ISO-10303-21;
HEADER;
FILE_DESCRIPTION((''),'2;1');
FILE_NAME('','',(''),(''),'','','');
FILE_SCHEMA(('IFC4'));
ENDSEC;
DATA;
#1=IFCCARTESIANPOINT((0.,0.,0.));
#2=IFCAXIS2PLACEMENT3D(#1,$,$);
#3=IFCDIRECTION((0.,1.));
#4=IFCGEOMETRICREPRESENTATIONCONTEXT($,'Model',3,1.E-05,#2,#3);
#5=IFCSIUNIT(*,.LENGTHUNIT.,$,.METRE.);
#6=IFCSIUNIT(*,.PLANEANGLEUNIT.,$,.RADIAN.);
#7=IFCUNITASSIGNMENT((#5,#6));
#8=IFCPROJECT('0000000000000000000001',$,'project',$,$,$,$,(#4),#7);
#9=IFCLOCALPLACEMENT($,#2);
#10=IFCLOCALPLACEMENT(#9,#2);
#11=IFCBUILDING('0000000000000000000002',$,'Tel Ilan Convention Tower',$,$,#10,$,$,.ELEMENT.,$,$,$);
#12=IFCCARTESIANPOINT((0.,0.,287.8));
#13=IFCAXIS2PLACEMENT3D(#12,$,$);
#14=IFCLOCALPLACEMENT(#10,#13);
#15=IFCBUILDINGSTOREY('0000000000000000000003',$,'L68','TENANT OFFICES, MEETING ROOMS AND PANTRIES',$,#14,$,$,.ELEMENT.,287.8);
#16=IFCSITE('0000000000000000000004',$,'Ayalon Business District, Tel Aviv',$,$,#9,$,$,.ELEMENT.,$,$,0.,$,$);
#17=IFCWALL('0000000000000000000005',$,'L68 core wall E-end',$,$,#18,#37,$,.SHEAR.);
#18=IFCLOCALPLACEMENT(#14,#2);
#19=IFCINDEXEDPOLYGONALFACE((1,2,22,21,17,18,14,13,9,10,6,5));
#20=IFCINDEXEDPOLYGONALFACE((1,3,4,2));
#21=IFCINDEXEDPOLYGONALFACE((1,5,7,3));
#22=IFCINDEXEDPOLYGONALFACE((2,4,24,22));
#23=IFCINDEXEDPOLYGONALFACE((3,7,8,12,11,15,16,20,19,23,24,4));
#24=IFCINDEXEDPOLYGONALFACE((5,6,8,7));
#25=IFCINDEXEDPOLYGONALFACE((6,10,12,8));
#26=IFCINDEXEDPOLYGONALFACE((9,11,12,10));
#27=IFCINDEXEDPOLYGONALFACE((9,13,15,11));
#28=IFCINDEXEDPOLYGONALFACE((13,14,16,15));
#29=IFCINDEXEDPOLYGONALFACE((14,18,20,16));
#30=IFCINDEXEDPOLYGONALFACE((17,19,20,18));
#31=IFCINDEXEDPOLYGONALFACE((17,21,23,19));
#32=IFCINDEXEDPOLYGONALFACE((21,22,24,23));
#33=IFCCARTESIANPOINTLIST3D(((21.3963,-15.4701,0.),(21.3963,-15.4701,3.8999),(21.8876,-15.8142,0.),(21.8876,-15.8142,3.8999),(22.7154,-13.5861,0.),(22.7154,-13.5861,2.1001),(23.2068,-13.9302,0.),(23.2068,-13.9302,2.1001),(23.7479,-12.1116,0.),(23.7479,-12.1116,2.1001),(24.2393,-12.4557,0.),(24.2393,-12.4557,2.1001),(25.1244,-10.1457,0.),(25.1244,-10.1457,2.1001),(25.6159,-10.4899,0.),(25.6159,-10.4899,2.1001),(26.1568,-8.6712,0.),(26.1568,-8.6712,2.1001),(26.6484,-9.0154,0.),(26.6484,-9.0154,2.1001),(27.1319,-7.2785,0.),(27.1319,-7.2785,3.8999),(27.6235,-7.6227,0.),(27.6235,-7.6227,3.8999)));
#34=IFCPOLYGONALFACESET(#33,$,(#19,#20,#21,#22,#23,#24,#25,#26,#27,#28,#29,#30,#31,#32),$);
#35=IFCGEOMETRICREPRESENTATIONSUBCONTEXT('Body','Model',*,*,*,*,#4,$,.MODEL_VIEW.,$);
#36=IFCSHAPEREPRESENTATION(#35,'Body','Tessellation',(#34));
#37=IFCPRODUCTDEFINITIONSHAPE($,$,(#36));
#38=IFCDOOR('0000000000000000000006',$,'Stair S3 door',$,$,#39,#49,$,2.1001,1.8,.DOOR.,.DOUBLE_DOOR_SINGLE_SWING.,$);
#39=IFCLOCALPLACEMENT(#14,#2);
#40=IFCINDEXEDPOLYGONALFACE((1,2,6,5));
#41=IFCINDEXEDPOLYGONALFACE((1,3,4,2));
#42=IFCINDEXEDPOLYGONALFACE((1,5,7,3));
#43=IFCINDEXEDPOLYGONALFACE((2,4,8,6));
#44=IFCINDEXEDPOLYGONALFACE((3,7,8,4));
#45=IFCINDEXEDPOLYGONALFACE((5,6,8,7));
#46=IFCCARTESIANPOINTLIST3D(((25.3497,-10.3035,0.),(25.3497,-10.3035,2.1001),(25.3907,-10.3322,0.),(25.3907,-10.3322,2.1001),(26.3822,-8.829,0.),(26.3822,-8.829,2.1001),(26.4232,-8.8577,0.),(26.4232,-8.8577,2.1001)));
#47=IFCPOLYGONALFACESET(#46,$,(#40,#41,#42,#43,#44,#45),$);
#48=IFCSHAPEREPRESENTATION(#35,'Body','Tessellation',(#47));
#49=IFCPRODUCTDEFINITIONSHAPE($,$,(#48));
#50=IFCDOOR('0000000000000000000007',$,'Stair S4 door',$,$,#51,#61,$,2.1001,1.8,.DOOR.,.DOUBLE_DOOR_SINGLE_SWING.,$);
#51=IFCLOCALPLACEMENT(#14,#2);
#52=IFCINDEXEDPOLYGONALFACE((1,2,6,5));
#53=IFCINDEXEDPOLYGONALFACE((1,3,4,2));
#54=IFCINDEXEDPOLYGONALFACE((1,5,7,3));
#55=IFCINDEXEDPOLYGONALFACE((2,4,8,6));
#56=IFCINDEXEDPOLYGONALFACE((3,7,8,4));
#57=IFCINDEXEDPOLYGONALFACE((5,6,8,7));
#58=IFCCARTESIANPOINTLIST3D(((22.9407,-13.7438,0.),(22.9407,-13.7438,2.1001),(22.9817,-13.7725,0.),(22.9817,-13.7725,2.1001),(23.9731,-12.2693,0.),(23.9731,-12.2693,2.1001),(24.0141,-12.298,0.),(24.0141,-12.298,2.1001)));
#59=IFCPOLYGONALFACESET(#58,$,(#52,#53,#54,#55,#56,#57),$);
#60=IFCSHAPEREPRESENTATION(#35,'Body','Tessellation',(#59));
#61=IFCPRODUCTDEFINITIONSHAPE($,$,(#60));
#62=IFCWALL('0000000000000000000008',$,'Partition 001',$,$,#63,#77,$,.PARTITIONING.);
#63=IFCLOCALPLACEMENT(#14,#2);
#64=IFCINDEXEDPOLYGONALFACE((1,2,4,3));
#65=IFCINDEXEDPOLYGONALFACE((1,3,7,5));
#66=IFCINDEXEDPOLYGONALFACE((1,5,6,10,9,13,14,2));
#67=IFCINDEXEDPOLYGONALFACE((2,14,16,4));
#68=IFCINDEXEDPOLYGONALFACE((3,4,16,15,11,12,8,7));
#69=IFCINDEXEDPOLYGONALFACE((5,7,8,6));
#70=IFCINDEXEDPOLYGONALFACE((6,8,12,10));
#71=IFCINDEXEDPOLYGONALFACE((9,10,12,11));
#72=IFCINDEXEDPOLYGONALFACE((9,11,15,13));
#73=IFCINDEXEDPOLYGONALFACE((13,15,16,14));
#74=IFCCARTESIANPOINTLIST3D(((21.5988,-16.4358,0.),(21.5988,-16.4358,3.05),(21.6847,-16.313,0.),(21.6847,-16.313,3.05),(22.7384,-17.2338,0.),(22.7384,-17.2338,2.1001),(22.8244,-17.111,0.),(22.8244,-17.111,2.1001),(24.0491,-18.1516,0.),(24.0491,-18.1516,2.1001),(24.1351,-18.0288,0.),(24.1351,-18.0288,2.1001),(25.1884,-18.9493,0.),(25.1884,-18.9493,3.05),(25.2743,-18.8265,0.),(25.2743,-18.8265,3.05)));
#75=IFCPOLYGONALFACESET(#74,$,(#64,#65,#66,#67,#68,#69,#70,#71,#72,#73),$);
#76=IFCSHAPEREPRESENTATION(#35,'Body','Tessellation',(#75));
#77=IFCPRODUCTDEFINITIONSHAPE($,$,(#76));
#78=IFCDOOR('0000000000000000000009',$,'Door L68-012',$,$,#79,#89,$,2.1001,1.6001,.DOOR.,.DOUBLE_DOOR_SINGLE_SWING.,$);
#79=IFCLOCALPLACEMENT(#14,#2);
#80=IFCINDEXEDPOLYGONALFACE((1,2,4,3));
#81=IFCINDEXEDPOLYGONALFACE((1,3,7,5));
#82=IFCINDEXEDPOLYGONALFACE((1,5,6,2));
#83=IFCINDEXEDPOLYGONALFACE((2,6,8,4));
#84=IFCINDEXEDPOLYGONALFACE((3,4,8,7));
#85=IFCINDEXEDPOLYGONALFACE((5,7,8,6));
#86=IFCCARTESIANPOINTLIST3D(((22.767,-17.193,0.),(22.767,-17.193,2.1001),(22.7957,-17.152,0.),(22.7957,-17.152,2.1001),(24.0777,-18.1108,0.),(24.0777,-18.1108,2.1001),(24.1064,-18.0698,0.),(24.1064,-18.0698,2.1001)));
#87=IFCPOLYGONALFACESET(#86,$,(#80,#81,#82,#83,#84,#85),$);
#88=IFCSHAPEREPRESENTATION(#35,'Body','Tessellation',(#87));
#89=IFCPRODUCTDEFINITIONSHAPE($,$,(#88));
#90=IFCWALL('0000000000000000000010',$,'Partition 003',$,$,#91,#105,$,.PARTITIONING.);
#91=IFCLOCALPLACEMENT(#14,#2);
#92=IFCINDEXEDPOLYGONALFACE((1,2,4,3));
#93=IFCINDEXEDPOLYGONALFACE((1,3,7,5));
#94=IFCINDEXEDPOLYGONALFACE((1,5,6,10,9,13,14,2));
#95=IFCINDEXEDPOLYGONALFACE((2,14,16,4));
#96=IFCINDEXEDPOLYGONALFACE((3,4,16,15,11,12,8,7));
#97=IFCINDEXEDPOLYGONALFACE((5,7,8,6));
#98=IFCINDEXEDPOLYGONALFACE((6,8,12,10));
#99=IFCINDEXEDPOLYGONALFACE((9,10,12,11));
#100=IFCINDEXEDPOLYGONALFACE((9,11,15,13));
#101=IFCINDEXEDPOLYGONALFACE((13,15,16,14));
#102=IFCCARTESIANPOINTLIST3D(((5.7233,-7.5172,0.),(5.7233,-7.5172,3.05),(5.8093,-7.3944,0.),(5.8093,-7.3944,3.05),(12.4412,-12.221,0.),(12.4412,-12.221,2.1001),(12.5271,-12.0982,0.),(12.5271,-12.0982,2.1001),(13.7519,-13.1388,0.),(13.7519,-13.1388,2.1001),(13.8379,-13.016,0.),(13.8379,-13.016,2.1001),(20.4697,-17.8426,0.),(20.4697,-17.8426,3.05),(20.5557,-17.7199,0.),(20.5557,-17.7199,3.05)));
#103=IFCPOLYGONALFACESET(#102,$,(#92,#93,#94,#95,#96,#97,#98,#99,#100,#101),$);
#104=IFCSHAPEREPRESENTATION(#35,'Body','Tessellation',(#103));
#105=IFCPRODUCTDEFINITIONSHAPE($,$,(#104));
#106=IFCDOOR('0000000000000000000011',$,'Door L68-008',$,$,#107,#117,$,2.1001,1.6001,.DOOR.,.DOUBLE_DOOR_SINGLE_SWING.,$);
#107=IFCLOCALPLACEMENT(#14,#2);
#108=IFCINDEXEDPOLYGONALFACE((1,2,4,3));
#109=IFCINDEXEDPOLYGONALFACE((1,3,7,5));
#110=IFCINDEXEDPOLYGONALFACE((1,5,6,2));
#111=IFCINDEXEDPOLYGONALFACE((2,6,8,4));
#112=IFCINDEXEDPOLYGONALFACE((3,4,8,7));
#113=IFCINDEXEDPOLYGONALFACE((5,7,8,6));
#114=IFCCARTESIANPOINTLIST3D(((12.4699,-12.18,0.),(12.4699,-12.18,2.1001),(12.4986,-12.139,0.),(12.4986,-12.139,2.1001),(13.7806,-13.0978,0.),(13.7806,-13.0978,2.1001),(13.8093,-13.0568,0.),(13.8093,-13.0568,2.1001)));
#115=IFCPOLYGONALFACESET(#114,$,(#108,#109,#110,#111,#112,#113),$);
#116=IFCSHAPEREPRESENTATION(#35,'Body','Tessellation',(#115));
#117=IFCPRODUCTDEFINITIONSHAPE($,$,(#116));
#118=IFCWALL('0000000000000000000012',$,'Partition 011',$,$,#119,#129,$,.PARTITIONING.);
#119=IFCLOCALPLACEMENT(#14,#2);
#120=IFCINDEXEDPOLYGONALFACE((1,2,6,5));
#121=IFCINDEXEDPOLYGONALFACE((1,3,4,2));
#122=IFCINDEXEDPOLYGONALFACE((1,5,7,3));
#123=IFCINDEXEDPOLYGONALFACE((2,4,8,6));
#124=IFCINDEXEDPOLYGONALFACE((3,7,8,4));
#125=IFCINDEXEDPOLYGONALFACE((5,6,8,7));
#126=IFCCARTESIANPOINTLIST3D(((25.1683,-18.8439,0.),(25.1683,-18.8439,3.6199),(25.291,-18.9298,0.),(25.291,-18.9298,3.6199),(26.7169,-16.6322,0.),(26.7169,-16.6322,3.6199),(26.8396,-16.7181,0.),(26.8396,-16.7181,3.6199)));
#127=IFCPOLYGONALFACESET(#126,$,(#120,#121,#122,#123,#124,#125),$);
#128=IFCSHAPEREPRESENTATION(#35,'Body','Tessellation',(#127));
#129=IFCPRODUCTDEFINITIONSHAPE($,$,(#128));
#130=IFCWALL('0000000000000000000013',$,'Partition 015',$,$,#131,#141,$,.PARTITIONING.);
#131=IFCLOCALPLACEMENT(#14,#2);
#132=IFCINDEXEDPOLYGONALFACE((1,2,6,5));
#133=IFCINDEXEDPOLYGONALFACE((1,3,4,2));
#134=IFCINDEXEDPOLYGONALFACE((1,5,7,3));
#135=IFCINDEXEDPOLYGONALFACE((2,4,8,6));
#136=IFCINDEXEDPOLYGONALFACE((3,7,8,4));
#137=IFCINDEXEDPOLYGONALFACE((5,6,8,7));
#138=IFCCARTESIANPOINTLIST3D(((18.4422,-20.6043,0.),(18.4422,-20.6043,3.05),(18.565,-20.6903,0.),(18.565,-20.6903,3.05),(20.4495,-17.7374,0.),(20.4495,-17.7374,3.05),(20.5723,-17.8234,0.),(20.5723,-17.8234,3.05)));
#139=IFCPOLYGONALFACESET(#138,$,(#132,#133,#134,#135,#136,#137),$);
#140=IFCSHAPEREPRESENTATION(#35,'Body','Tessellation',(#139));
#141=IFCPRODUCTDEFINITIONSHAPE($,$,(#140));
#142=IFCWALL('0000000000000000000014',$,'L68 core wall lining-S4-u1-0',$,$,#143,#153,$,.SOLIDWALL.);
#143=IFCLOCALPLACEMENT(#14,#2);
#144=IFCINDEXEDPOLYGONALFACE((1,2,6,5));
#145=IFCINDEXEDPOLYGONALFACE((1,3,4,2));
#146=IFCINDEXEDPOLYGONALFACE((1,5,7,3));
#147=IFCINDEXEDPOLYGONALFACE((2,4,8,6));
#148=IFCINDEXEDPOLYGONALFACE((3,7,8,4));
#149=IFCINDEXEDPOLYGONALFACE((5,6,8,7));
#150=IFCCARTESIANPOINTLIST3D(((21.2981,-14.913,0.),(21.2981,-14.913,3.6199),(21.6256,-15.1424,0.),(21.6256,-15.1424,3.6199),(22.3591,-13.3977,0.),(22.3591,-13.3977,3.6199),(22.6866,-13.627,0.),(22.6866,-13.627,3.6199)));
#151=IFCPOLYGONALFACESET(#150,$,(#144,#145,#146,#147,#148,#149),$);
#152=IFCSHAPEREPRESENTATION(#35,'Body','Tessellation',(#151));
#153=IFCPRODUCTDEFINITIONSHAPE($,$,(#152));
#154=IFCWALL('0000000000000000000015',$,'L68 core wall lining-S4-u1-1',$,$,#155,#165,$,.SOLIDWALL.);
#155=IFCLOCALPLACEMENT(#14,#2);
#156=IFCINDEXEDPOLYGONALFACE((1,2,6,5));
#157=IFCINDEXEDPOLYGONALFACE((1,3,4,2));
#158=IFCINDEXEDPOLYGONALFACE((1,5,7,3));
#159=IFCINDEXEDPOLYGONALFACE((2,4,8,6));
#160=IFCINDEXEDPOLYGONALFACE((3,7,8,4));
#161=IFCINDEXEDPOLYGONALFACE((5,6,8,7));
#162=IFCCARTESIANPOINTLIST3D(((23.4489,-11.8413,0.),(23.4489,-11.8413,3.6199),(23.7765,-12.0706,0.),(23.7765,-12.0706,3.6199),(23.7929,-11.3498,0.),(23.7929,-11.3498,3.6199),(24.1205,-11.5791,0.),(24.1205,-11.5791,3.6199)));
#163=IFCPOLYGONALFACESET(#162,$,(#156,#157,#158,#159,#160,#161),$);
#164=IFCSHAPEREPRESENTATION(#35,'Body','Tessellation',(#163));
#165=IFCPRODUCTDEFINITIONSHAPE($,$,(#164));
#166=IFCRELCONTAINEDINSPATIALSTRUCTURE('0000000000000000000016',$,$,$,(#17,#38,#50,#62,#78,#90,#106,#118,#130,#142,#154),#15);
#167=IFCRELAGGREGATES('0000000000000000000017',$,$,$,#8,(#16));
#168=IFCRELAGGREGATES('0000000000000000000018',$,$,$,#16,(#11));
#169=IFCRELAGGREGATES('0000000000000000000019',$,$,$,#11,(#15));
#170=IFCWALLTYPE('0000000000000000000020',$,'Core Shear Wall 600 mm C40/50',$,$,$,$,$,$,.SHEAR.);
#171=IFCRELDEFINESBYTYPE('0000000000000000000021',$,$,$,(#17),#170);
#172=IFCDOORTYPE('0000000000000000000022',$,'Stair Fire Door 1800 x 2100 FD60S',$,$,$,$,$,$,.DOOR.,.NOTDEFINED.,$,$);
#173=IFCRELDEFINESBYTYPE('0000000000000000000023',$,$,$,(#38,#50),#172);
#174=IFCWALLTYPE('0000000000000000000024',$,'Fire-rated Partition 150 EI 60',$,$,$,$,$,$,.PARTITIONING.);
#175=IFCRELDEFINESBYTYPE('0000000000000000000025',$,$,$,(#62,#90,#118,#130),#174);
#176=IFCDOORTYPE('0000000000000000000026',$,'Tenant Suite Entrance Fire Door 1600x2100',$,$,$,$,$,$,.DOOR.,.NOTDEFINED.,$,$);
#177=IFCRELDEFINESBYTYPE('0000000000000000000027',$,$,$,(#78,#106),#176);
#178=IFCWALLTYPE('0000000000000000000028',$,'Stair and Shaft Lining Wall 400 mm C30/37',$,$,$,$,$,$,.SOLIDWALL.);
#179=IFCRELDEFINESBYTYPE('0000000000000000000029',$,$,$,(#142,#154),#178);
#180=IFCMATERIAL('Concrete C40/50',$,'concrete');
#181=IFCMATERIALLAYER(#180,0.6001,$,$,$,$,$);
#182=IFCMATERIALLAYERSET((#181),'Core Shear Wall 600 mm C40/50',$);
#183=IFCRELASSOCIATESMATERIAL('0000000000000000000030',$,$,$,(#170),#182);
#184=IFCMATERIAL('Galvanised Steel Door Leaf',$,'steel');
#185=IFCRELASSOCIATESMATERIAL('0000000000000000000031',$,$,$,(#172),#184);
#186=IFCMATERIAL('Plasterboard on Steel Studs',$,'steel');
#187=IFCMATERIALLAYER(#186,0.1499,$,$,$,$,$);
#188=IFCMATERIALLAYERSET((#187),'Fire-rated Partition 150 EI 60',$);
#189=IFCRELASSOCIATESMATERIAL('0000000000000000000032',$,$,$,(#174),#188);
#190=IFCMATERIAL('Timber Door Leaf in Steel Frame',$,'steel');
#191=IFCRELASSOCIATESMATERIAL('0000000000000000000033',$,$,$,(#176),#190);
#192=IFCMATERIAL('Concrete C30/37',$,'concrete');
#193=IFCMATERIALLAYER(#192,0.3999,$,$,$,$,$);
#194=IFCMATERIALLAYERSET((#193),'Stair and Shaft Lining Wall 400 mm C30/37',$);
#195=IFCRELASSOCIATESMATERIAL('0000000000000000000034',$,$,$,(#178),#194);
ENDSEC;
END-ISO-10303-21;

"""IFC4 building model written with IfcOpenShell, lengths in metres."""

from ifc_helpers import new_model, si_unit, direction, frame, frame_2d, origin, place, context, subcontext, project, spatial, polyline, rectangle, outline, extrude, material, layer, layer_set, type_object, element, fill, save


model = new_model("IFC4")

# Units and contexts
model_context = context("Model", 3, precision=1e-05, world=origin(), true_north=direction((0.0, 1.0)))
body_context = subcontext(model_context, "Body", "Model", "MODEL_VIEW")
ifc_project = project(units=[si_unit("LENGTHUNIT", "METRE"), si_unit("PLANEANGLEUNIT", "RADIAN")], contexts=[model_context])

# Site, building, storey
site_placement = place(None, origin())
site = spatial("IfcSite", under=ifc_project, at=site_placement, Name="Ayalon Business District, Tel Aviv", CompositionType="ELEMENT", RefElevation=0.0)
building_placement = place(site_placement, origin())
building = spatial("IfcBuilding", under=site, at=building_placement, Name="Tel Ilan Convention Tower", CompositionType="ELEMENT")
storey_placement = place(building_placement, frame((0.0, 0.0, 287.8)))
storey = spatial("IfcBuildingStorey", under=building, at=storey_placement, Name="L68", Description="TENANT OFFICES, MEETING ROOMS AND PANTRIES", CompositionType="ELEMENT", Elevation=287.8)

# Wall, openings, doors
ifc_material_1 = material(Name="Concrete C40/50", Category="concrete")
ifc_layer_1 = layer(ifc_material_1, 0.6001)
ifc_layer_set_1 = layer_set([ifc_layer_1], Name="Core Shear Wall 600 mm C40/50")
wall_type_1 = type_object("IfcWallType", Name="Core Shear Wall 600 mm C40/50", PredefinedType="SHEAR", material=ifc_layer_set_1)
wall_1_placement = place(storey_placement, frame((21.6418, -15.6421, 0.0), z_axis=(0.0, 0.0, 1.0), x_axis=(0.573587, 0.819145, 0.0)))
wall_1 = element("IfcWall", 1, at=wall_1_placement, inside=storey, type_object=wall_type_1, Name="L68 core wall E-end", PredefinedType="SHEAR", context=body_context, shape_type="SweptSolid", body=[
    extrude(outline(polyline([(10.0, 0.3), (0.0, 0.2998), (0.0, -0.3), (10.0, -0.3), (10.0, 0.3)])), origin(), (0.0, 0.0, 1.0), 3.8999),
])
opening_1_placement = place(wall_1_placement, frame((6.5, 0.0, 0.0)))
opening_1 = element("IfcOpeningElement", 2, at=opening_1_placement, cuts=wall_1, PredefinedType="OPENING", context=body_context, shape_type="SweptSolid", body=[
    extrude(rectangle(XDim=1.8, YDim=2.1001, at=frame_2d((0.8999, 1.05))), frame((0.0, 0.3101, 0.0), z_axis=(0.0, -1.0, 0.0), x_axis=(1.0, 0.0, 0.0)), (0.0, 0.0, 1.0), 0.6201),
])
opening_2_placement = place(wall_1_placement, frame((2.3, 0.0, 0.0)))
opening_2 = element("IfcOpeningElement", 3, at=opening_2_placement, cuts=wall_1, PredefinedType="OPENING", context=body_context, shape_type="SweptSolid", body=[
    extrude(rectangle(XDim=1.8, YDim=2.1001, at=frame_2d((0.8999, 1.05))), frame((0.0, 0.3101, 0.0), z_axis=(0.0, -1.0, 0.0), x_axis=(1.0, 0.0, 0.0)), (0.0, 0.0, 1.0), 0.6201),
])
ifc_material_2 = material(Name="Galvanised Steel Door Leaf", Category="steel")
door_type_1 = type_object("IfcDoorType", Name="Stair Fire Door 1800 x 2100 FD60S", OperationType="NOTDEFINED", PredefinedType="DOOR", material=ifc_material_2)
door_1_placement = place(opening_1_placement, origin())
door_1 = element("IfcDoor", 4, at=door_1_placement, inside=storey, type_object=door_type_1, Name="Stair S3 door", OperationType="DOUBLE_DOOR_SINGLE_SWING", OverallHeight=2.1001, OverallWidth=1.8, PredefinedType="DOOR", context=body_context, shape_type="SweptSolid", body=[
    extrude(rectangle(XDim=1.8, YDim=2.1001, at=frame_2d((0.8999, 1.05))), frame((0.0, 0.0249, 0.0), z_axis=(0.0, -1.0, 0.0), x_axis=(1.0, 0.0, 0.0)), (0.0, 0.0, 1.0), 0.05),
])
fill(opening_1, door_1)
door_2_placement = place(opening_2_placement, origin())
door_2 = element("IfcDoor", 5, at=door_2_placement, inside=storey, type_object=door_type_1, Name="Stair S4 door", OperationType="DOUBLE_DOOR_SINGLE_SWING", OverallHeight=2.1001, OverallWidth=1.8, PredefinedType="DOOR", context=body_context, shape_type="SweptSolid", body=[
    extrude(rectangle(XDim=1.8, YDim=2.1001, at=frame_2d((0.8999, 1.05))), frame((0.0, 0.0249, 0.0), z_axis=(0.0, -1.0, 0.0), x_axis=(1.0, 0.0, 0.0)), (0.0, 0.0, 1.0), 0.05),
])
fill(opening_2, door_2)

# Walls, openings, doors
ifc_material_3 = material(Name="Plasterboard on Steel Studs", Category="steel")
ifc_layer_2 = layer(ifc_material_3, 0.1499)
ifc_layer_set_2 = layer_set([ifc_layer_2], Name="Fire-rated Partition 150 EI 60")
wall_type_2 = type_object("IfcWallType", Name="Fire-rated Partition 150 EI 60", PredefinedType="PARTITIONING", material=ifc_layer_set_2)
wall_2_placement = place(storey_placement, frame((21.6418, -16.3745, 0.0), z_axis=(0.0, 0.0, 1.0), x_axis=(0.819156, -0.573571, 0.0)))
wall_2 = element("IfcWall", 6, at=wall_2_placement, inside=storey, type_object=wall_type_2, Name="Partition 001", PredefinedType="PARTITIONING", context=body_context, shape_type="SweptSolid", body=[
    extrude(rectangle(XDim=4.3821, YDim=0.1499, at=frame_2d((2.1909, 0.0))), origin(), (0.0, 0.0, 1.0), 3.05),
])
opening_3_placement = place(wall_2_placement, frame((1.3911, 0.0, 0.0)))
opening_3 = element("IfcOpeningElement", 7, at=opening_3_placement, cuts=wall_2, PredefinedType="OPENING", context=body_context, shape_type="SweptSolid", body=[
    extrude(rectangle(XDim=1.6001, YDim=2.1001, at=frame_2d((0.8, 1.05))), frame((0.0, 0.085, 0.0), z_axis=(0.0, -1.0, 0.0), x_axis=(1.0, 0.0, 0.0)), (0.0, 0.0, 1.0), 0.1699),
])
ifc_material_4 = material(Name="Timber Door Leaf in Steel Frame", Category="steel")
door_type_2 = type_object("IfcDoorType", Name="Tenant Suite Entrance Fire Door 1600x2100", OperationType="NOTDEFINED", PredefinedType="DOOR", material=ifc_material_4)
door_3_placement = place(opening_3_placement, origin())
door_3 = element("IfcDoor", 8, at=door_3_placement, inside=storey, type_object=door_type_2, Name="Door L68-012", OperationType="DOUBLE_DOOR_SINGLE_SWING", OverallHeight=2.1001, OverallWidth=1.6001, PredefinedType="DOOR", context=body_context, shape_type="SweptSolid", body=[
    extrude(rectangle(XDim=1.6001, YDim=2.1001, at=frame_2d((0.8, 1.05))), frame((0.0, 0.0249, 0.0), z_axis=(0.0, -1.0, 0.0), x_axis=(1.0, 0.0, 0.0)), (0.0, 0.0, 1.0), 0.05),
])
fill(opening_3, door_3)
wall_3_placement = place(storey_placement, frame((20.5127, -17.7812, 0.0), z_axis=(0.0, 0.0, 1.0), x_axis=(-0.819154, 0.573574, 0.0)))
wall_3 = element("IfcWall", 9, at=wall_3_placement, inside=storey, type_object=wall_type_2, Name="Partition 003", PredefinedType="PARTITIONING", context=body_context, shape_type="SweptSolid", body=[
    extrude(rectangle(XDim=18.002, YDim=0.1499, at=frame_2d((9.001, 0.0))), origin(), (0.0, 0.0, 1.0), 3.05),
])
opening_4_placement = place(wall_3_placement, frame((8.2009, 0.0, 0.0)))
opening_4 = element("IfcOpeningElement", 10, at=opening_4_placement, cuts=wall_3, PredefinedType="OPENING", context=body_context, shape_type="SweptSolid", body=[
    extrude(rectangle(XDim=1.6001, YDim=2.1001, at=frame_2d((0.8, 1.05))), frame((0.0, 0.085, 0.0), z_axis=(0.0, -1.0, 0.0), x_axis=(1.0, 0.0, 0.0)), (0.0, 0.0, 1.0), 0.1699),
])
door_4_placement = place(opening_4_placement, origin())
door_4 = element("IfcDoor", 11, at=door_4_placement, inside=storey, type_object=door_type_2, Name="Door L68-008", OperationType="DOUBLE_DOOR_SINGLE_SWING", OverallHeight=2.1001, OverallWidth=1.6001, PredefinedType="DOOR", context=body_context, shape_type="SweptSolid", body=[
    extrude(rectangle(XDim=1.6001, YDim=2.1001, at=frame_2d((0.8, 1.05))), frame((0.0, 0.0249, 0.0), z_axis=(0.0, -1.0, 0.0), x_axis=(1.0, 0.0, 0.0)), (0.0, 0.0, 1.0), 0.05),
])
fill(opening_4, door_4)

# Walls
wall_4_placement = place(storey_placement, frame((26.7783, -16.675, 0.0), z_axis=(0.0, 0.0, 1.0), x_axis=(-0.573566, -0.81916, 0.0)))
element("IfcWall", 12, at=wall_4_placement, inside=storey, type_object=wall_type_2, Name="Partition 011", PredefinedType="PARTITIONING", context=body_context, shape_type="SweptSolid", body=[
    extrude(rectangle(XDim=2.7, YDim=0.1499, at=frame_2d((1.3501, 0.0))), origin(), (0.0, 0.0, 1.0), 3.6199),
])
wall_5_placement = place(storey_placement, frame((20.511, -17.7803, 0.0), z_axis=(0.0, 0.0, 1.0), x_axis=(-0.573551, -0.81917, 0.0)))
element("IfcWall", 13, at=wall_5_placement, inside=storey, type_object=wall_type_2, Name="Partition 015", PredefinedType="PARTITIONING", context=body_context, shape_type="SweptSolid", body=[
    extrude(rectangle(XDim=3.4998, YDim=0.1499, at=frame_2d((1.75, 0.0))), origin(), (0.0, 0.0, 1.0), 3.05),
])
ifc_material_5 = material(Name="Concrete C30/37", Category="concrete")
ifc_layer_3 = layer(ifc_material_5, 0.3999)
ifc_layer_set_3 = layer_set([ifc_layer_3], Name="Stair and Shaft Lining Wall 400 mm C30/37")
wall_type_3 = type_object("IfcWallType", Name="Stair and Shaft Lining Wall 400 mm C30/37", PredefinedType="SOLIDWALL", material=ifc_layer_set_3)
wall_6_placement = place(storey_placement, frame((21.4619, -15.0276, 0.0), z_axis=(0.0, 0.0, 1.0), x_axis=(0.57356, 0.819164, 0.0)))
element("IfcWall", 14, at=wall_6_placement, inside=storey, type_object=wall_type_3, Name="L68 core wall lining-S4-u1-0", PredefinedType="SOLIDWALL", context=body_context, shape_type="SweptSolid", body=[
    extrude(rectangle(XDim=1.8499, YDim=0.3999, at=frame_2d((0.9248, 0.0))), origin(), (0.0, 0.0, 1.0), 3.6199),
])
wall_7_placement = place(storey_placement, frame((23.6128, -11.9558, 0.0), z_axis=(0.0, 0.0, 1.0), x_axis=(0.573435, 0.819251, 0.0)))
element("IfcWall", 15, at=wall_7_placement, inside=storey, type_object=wall_type_3, Name="L68 core wall lining-S4-u1-1", PredefinedType="SOLIDWALL", context=body_context, shape_type="SweptSolid", body=[
    extrude(rectangle(XDim=0.5999, YDim=0.3999, at=frame_2d((0.2998, 0.0))), origin(), (0.0, 0.0, 1.0), 3.6199),
])

save(model, "model.ifc")
